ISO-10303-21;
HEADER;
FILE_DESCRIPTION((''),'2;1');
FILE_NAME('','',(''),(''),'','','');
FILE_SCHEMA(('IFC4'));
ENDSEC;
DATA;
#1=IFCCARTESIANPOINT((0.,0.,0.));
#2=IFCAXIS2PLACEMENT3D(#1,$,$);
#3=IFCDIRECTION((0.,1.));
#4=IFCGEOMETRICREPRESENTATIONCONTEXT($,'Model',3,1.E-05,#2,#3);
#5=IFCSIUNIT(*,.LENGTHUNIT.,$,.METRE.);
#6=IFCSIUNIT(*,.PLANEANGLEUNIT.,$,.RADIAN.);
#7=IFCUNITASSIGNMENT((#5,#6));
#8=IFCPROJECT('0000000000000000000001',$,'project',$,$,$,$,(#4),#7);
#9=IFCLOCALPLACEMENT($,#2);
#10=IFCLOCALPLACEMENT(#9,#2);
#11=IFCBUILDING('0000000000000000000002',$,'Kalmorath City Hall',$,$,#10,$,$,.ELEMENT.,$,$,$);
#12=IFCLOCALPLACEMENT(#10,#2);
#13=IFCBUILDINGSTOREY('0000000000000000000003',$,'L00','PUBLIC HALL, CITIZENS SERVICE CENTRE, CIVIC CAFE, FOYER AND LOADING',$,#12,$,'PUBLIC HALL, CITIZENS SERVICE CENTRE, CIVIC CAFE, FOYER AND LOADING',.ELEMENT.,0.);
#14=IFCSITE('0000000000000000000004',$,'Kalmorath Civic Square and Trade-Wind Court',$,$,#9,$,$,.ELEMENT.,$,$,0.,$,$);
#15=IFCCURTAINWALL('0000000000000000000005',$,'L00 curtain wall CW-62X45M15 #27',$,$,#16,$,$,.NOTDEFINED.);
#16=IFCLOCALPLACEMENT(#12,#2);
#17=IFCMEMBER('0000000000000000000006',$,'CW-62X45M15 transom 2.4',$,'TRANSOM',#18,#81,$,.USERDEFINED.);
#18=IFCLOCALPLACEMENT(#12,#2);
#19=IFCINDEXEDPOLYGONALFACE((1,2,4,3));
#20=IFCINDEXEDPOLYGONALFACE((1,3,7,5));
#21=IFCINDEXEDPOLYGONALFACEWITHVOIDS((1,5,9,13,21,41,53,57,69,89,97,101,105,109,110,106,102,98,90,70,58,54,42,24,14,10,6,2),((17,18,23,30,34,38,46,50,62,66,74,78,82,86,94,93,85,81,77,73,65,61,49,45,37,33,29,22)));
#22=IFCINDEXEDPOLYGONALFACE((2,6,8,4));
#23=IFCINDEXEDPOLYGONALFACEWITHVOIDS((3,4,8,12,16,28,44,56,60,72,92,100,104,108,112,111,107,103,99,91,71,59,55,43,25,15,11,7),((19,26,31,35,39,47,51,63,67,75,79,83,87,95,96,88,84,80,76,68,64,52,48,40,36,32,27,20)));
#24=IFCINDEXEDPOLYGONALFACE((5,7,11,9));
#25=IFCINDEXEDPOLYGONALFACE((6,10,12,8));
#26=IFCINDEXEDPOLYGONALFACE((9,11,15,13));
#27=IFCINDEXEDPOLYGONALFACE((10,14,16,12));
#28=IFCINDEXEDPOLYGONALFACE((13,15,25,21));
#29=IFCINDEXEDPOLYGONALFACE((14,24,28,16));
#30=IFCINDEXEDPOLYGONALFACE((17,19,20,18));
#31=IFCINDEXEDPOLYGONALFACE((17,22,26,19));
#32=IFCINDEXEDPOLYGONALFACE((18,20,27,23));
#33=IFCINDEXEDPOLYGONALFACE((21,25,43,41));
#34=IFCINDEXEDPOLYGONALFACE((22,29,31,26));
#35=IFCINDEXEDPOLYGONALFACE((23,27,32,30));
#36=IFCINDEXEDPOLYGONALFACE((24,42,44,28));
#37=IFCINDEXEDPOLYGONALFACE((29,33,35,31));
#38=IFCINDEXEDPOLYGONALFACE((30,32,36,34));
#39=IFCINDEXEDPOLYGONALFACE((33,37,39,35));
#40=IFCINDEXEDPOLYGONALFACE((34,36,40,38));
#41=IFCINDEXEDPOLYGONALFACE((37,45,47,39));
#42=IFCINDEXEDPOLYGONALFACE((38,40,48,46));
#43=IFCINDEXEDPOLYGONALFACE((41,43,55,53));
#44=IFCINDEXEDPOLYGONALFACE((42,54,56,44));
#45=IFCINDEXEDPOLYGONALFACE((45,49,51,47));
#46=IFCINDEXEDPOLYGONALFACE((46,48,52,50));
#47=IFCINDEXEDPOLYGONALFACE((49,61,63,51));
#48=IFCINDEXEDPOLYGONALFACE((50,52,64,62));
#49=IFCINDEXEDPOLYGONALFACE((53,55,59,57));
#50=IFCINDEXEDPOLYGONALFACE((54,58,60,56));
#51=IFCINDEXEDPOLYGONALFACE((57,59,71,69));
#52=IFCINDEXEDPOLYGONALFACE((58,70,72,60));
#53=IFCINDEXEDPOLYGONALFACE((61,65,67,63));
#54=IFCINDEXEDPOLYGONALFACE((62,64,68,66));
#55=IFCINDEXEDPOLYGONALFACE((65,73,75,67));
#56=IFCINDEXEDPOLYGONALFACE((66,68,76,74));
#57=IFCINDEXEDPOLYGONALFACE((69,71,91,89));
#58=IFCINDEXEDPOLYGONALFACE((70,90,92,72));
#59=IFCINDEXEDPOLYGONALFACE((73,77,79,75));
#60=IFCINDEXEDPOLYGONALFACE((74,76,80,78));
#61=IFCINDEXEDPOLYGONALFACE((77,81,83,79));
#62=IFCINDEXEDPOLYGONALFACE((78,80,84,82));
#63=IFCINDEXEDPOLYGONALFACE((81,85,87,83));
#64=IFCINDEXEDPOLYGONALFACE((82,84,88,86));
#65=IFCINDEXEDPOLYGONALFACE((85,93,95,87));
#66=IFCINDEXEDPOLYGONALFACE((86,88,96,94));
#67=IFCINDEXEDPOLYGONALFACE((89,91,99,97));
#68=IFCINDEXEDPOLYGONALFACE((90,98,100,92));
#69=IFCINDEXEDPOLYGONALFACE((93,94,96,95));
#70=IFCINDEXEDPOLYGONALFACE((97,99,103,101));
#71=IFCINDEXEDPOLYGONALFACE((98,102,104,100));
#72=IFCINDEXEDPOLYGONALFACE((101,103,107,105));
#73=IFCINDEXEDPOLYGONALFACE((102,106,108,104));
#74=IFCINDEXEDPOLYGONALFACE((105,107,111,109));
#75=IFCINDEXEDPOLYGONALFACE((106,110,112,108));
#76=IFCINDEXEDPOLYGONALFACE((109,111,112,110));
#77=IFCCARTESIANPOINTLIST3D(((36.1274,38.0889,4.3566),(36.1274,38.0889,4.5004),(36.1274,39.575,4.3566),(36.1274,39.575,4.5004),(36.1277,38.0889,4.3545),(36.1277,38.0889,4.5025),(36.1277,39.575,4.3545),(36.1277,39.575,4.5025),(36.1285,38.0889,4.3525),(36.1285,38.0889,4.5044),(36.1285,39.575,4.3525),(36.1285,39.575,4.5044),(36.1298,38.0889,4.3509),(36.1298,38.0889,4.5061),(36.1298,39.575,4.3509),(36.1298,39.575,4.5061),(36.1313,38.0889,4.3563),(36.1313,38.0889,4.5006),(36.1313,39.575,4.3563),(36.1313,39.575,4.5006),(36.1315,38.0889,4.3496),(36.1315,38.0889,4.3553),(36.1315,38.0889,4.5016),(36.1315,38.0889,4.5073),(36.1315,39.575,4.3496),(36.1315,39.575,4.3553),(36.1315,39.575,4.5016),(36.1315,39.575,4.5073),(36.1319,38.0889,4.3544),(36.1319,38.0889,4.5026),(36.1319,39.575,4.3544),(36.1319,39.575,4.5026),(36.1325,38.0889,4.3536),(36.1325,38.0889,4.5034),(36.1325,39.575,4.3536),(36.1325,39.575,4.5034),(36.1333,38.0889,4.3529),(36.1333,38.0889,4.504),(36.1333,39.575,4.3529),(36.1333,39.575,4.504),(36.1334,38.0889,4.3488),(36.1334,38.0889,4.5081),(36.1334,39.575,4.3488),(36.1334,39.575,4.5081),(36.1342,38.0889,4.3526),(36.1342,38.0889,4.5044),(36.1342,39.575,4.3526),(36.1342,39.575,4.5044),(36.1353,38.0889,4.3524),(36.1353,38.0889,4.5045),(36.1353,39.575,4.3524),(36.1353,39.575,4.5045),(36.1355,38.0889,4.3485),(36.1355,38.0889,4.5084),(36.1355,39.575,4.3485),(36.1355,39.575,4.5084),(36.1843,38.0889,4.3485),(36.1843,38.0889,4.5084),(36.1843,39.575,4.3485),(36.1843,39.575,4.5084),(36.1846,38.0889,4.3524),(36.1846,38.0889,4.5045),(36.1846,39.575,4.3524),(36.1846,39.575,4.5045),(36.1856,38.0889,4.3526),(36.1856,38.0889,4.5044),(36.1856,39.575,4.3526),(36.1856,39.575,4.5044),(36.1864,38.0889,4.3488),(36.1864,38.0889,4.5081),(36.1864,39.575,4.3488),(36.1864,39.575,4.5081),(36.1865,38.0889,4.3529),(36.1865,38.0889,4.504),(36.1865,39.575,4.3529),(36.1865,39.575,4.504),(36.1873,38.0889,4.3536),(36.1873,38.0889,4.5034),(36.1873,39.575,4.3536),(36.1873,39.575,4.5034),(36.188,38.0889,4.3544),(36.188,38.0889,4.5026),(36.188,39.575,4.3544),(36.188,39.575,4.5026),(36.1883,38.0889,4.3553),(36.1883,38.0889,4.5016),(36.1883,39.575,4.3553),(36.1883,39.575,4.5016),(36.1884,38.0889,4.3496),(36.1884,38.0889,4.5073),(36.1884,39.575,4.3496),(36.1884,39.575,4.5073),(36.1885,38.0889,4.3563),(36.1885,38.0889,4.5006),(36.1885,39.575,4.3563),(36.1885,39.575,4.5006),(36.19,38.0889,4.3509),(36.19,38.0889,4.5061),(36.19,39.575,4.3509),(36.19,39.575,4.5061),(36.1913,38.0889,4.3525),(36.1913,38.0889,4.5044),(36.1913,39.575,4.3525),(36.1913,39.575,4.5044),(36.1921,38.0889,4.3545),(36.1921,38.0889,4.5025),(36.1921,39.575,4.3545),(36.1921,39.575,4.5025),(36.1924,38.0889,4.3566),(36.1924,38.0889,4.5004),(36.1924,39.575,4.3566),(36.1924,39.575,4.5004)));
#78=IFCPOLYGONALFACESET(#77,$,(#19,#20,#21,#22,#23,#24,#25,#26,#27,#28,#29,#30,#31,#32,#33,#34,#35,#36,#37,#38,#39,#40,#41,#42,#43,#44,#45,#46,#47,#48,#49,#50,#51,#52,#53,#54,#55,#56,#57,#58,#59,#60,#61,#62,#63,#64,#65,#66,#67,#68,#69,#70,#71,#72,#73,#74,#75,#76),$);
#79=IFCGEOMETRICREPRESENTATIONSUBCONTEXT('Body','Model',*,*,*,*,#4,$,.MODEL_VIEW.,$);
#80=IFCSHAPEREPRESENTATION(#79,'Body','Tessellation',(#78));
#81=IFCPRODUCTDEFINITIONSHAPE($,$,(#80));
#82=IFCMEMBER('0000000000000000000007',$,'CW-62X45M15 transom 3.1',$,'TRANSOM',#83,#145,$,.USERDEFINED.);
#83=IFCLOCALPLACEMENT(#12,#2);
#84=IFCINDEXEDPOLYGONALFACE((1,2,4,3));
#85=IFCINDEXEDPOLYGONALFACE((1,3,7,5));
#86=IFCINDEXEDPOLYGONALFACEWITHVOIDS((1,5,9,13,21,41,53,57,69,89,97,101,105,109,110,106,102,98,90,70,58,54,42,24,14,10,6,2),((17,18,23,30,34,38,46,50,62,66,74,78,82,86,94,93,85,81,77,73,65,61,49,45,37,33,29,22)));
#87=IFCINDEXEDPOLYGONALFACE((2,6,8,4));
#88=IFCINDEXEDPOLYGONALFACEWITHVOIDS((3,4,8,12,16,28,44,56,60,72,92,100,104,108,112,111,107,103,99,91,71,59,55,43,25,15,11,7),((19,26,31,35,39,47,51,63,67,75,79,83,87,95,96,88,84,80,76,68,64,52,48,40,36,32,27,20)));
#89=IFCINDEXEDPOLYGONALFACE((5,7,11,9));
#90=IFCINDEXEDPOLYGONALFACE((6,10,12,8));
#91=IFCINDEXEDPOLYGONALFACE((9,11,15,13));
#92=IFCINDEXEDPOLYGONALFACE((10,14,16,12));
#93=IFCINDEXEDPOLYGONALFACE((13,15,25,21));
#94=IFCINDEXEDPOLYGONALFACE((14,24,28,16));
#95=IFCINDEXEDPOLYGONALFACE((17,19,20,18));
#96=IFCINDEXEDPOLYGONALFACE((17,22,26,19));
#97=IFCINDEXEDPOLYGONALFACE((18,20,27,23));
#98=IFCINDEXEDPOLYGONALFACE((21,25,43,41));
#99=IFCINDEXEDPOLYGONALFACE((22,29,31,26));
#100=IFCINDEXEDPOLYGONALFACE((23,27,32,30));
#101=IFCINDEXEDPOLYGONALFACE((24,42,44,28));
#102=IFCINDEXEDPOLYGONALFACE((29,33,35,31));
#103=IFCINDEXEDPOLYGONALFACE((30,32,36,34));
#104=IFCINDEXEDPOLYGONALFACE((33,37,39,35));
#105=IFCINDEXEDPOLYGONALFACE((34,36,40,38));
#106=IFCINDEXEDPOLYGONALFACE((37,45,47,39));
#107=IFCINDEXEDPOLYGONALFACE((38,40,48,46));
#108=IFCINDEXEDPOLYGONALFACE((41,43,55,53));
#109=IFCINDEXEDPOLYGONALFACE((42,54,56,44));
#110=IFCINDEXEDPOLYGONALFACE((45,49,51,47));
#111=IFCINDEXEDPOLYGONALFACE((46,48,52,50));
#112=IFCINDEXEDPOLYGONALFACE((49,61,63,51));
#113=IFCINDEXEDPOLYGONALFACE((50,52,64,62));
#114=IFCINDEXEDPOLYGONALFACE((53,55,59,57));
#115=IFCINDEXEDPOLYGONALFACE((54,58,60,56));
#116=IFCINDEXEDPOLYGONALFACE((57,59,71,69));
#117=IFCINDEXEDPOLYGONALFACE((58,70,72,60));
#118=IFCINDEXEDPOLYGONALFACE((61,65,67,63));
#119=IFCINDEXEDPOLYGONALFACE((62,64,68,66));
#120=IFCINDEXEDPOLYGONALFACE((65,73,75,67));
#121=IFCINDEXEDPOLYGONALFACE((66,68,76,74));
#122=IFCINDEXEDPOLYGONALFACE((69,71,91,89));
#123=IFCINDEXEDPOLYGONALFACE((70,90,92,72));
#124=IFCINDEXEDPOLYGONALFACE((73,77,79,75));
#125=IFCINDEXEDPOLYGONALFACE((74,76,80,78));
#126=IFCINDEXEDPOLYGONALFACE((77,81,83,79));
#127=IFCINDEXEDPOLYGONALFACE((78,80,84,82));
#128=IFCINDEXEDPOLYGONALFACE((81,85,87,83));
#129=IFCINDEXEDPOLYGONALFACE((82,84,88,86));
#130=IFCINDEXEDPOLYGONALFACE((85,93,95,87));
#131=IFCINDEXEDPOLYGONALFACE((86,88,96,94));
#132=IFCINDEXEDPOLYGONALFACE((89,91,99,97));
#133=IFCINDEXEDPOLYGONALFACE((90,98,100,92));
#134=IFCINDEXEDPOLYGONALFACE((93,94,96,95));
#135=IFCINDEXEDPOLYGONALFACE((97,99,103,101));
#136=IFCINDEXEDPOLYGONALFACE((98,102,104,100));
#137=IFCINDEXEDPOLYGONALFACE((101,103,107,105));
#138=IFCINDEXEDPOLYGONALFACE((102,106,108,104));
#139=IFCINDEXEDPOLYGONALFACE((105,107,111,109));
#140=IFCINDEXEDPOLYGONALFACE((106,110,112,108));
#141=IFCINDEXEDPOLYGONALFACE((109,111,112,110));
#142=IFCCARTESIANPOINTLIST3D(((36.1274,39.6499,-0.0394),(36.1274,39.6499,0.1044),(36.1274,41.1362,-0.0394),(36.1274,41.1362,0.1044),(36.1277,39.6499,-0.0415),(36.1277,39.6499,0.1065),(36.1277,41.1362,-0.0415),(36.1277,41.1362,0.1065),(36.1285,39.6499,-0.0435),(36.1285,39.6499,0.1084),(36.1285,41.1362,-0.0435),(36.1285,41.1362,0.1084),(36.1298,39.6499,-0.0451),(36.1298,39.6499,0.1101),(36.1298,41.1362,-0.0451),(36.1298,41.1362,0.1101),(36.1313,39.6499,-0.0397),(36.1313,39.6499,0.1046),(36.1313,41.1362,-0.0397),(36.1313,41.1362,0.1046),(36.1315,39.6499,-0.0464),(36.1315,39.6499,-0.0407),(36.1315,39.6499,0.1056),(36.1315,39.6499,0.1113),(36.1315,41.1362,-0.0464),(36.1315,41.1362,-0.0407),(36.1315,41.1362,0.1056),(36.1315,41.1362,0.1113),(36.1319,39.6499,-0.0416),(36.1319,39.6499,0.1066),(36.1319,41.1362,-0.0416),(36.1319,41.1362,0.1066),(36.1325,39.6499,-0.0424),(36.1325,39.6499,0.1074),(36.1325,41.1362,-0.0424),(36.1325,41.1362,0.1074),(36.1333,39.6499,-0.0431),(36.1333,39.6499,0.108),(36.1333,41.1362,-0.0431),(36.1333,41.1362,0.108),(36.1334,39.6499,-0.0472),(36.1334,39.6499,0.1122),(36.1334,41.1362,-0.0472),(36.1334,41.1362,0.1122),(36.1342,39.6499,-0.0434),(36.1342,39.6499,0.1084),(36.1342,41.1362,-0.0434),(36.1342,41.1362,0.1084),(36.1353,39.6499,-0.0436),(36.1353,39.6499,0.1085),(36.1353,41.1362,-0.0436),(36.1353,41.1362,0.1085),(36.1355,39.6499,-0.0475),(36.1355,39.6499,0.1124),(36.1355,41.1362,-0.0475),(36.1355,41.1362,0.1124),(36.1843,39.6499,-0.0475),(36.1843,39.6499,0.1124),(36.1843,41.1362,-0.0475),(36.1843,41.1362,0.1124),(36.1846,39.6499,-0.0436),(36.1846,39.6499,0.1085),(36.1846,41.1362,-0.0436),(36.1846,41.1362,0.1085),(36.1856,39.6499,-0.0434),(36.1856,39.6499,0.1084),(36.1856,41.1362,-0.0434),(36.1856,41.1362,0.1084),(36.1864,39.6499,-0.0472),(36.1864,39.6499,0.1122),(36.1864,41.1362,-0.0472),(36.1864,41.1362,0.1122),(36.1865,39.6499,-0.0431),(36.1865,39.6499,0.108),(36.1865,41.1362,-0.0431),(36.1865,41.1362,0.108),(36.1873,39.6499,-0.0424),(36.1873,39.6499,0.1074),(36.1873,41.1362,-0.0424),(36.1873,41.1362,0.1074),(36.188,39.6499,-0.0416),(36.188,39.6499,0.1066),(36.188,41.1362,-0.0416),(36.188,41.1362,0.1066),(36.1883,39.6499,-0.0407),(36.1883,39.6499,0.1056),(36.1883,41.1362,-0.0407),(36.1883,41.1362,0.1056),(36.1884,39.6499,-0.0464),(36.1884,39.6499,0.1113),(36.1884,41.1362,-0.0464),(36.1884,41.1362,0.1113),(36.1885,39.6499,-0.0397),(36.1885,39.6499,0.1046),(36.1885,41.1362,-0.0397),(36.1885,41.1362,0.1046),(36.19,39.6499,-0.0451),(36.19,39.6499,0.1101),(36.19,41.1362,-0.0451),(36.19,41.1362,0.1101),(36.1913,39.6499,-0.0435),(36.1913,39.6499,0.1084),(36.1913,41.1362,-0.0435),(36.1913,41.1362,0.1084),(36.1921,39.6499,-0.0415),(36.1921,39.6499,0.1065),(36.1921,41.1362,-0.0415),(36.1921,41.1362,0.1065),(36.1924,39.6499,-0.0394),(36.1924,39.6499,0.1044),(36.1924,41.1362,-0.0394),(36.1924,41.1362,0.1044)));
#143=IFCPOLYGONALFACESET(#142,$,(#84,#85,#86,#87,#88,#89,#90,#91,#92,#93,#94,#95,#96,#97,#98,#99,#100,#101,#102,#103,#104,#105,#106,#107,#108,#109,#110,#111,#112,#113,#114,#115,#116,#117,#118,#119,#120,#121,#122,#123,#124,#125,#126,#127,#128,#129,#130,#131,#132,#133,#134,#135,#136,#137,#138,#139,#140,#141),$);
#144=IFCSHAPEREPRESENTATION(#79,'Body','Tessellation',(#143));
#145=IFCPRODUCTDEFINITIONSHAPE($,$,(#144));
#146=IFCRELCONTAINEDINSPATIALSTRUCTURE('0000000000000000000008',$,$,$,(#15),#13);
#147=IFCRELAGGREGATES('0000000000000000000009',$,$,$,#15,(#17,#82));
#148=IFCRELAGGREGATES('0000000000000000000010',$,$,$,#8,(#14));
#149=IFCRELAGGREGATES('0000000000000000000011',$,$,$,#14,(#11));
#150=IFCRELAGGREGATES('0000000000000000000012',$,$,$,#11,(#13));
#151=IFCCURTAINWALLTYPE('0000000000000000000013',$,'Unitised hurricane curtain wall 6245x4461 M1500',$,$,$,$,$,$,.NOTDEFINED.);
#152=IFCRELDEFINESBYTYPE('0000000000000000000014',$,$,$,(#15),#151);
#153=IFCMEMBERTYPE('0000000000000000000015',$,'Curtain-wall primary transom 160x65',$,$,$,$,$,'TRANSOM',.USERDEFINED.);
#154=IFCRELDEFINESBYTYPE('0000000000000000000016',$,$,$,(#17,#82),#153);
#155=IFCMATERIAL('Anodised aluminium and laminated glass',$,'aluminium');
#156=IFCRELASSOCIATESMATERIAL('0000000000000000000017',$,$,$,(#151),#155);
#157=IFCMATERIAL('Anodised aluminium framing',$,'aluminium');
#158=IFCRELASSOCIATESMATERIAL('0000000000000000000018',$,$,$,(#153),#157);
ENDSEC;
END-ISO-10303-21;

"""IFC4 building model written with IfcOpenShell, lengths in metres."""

from ifc_helpers import new_model, si_unit, direction, frame, origin, origin_2d, place, context, subcontext, project, spatial, hollow_rectangle, extrude, material, material_profile, profile_set, type_object, element, aggregate, save


model = new_model("IFC4")

# Units and contexts
model_context = context("Model", 3, precision=1e-05, world=origin(), true_north=direction((0.0, 1.0)))
body_context = subcontext(model_context, "Body", "Model", "MODEL_VIEW")
ifc_project = project(units=[si_unit("LENGTHUNIT", "METRE"), si_unit("PLANEANGLEUNIT", "RADIAN")], contexts=[model_context])

# Site, building, storey
site_placement = place(None, origin())
site = spatial("IfcSite", under=ifc_project, at=site_placement, Name="Kalmorath Civic Square and Trade-Wind Court", CompositionType="ELEMENT", RefElevation=0.0)
building_placement = place(site_placement, origin())
building = spatial("IfcBuilding", under=site, at=building_placement, Name="Kalmorath City Hall", CompositionType="ELEMENT")
storey_placement = place(building_placement, origin())
storey = spatial("IfcBuildingStorey", under=building, at=storey_placement, Name="L00", Description="PUBLIC HALL, CITIZENS SERVICE CENTRE, CIVIC CAFE, FOYER AND LOADING", LongName="PUBLIC HALL, CITIZENS SERVICE CENTRE, CIVIC CAFE, FOYER AND LOADING", CompositionType="ELEMENT", Elevation=0.0)

# Curtain wall, members
ifc_material_1 = material(Name="Anodised aluminium and laminated glass", Category="aluminium")
curtain_wall_type_1 = type_object("IfcCurtainWallType", Name="Unitised hurricane curtain wall 6245x4461 M1500", PredefinedType="NOTDEFINED", material=ifc_material_1)
curtain_wall_1_placement = place(storey_placement, origin())
curtain_wall_1 = element("IfcCurtainWall", 1, at=curtain_wall_1_placement, inside=storey, type_object=curtain_wall_type_1, Name="L00 curtain wall CW-62X45M15 #27", PredefinedType="NOTDEFINED")
ifc_material_2 = material(Name="Anodised aluminium framing", Category="aluminium")
ifc_material_profile_1 = material_profile(ifc_material_2, hollow_rectangle(XDim=0.0649, YDim=0.1599, WallThickness=0.0039, InnerFilletRadius=0.0039, OuterFilletRadius=0.0081, at=origin_2d()), Name="ALU-TRN-160X65X4")
ifc_profile_set_1 = profile_set([ifc_material_profile_1], Name="Anodised aluminium framing")
member_type_1 = type_object("IfcMemberType", Name="Curtain-wall primary transom 160x65", ElementType="TRANSOM", PredefinedType="USERDEFINED", material=ifc_profile_set_1)
member_1_placement = place(storey_placement, frame((36.1599, 38.0889, 4.4285), z_axis=(0.0, 1.0, 0.0), x_axis=(-1.0, 0.0, 0.0)))
member_1 = element("IfcMember", 2, at=member_1_placement, type_object=member_type_1, Name="CW-62X45M15 transom 2.4", ObjectType="TRANSOM", PredefinedType="USERDEFINED", context=body_context, shape_type="SweptSolid", body=[
    extrude(hollow_rectangle(XDim=0.0649, YDim=0.1599, WallThickness=0.0039, InnerFilletRadius=0.0039, OuterFilletRadius=0.0081, at=origin_2d()), origin(), (0.0, 0.0, 1.0), 1.4861),
])
member_2_placement = place(storey_placement, frame((36.1599, 39.6499, 0.0325), z_axis=(0.0, 1.0, 0.0), x_axis=(-1.0, 0.0, 0.0)))
member_2 = element("IfcMember", 3, at=member_2_placement, type_object=member_type_1, Name="CW-62X45M15 transom 3.1", ObjectType="TRANSOM", PredefinedType="USERDEFINED", context=body_context, shape_type="SweptSolid", body=[
    extrude(hollow_rectangle(XDim=0.0649, YDim=0.1599, WallThickness=0.0039, InnerFilletRadius=0.0039, OuterFilletRadius=0.0081, at=origin_2d()), origin(), (0.0, 0.0, 1.0), 1.4863),
])

aggregate(curtain_wall_1, [member_1, member_2])

save(model, "model.ifc")
